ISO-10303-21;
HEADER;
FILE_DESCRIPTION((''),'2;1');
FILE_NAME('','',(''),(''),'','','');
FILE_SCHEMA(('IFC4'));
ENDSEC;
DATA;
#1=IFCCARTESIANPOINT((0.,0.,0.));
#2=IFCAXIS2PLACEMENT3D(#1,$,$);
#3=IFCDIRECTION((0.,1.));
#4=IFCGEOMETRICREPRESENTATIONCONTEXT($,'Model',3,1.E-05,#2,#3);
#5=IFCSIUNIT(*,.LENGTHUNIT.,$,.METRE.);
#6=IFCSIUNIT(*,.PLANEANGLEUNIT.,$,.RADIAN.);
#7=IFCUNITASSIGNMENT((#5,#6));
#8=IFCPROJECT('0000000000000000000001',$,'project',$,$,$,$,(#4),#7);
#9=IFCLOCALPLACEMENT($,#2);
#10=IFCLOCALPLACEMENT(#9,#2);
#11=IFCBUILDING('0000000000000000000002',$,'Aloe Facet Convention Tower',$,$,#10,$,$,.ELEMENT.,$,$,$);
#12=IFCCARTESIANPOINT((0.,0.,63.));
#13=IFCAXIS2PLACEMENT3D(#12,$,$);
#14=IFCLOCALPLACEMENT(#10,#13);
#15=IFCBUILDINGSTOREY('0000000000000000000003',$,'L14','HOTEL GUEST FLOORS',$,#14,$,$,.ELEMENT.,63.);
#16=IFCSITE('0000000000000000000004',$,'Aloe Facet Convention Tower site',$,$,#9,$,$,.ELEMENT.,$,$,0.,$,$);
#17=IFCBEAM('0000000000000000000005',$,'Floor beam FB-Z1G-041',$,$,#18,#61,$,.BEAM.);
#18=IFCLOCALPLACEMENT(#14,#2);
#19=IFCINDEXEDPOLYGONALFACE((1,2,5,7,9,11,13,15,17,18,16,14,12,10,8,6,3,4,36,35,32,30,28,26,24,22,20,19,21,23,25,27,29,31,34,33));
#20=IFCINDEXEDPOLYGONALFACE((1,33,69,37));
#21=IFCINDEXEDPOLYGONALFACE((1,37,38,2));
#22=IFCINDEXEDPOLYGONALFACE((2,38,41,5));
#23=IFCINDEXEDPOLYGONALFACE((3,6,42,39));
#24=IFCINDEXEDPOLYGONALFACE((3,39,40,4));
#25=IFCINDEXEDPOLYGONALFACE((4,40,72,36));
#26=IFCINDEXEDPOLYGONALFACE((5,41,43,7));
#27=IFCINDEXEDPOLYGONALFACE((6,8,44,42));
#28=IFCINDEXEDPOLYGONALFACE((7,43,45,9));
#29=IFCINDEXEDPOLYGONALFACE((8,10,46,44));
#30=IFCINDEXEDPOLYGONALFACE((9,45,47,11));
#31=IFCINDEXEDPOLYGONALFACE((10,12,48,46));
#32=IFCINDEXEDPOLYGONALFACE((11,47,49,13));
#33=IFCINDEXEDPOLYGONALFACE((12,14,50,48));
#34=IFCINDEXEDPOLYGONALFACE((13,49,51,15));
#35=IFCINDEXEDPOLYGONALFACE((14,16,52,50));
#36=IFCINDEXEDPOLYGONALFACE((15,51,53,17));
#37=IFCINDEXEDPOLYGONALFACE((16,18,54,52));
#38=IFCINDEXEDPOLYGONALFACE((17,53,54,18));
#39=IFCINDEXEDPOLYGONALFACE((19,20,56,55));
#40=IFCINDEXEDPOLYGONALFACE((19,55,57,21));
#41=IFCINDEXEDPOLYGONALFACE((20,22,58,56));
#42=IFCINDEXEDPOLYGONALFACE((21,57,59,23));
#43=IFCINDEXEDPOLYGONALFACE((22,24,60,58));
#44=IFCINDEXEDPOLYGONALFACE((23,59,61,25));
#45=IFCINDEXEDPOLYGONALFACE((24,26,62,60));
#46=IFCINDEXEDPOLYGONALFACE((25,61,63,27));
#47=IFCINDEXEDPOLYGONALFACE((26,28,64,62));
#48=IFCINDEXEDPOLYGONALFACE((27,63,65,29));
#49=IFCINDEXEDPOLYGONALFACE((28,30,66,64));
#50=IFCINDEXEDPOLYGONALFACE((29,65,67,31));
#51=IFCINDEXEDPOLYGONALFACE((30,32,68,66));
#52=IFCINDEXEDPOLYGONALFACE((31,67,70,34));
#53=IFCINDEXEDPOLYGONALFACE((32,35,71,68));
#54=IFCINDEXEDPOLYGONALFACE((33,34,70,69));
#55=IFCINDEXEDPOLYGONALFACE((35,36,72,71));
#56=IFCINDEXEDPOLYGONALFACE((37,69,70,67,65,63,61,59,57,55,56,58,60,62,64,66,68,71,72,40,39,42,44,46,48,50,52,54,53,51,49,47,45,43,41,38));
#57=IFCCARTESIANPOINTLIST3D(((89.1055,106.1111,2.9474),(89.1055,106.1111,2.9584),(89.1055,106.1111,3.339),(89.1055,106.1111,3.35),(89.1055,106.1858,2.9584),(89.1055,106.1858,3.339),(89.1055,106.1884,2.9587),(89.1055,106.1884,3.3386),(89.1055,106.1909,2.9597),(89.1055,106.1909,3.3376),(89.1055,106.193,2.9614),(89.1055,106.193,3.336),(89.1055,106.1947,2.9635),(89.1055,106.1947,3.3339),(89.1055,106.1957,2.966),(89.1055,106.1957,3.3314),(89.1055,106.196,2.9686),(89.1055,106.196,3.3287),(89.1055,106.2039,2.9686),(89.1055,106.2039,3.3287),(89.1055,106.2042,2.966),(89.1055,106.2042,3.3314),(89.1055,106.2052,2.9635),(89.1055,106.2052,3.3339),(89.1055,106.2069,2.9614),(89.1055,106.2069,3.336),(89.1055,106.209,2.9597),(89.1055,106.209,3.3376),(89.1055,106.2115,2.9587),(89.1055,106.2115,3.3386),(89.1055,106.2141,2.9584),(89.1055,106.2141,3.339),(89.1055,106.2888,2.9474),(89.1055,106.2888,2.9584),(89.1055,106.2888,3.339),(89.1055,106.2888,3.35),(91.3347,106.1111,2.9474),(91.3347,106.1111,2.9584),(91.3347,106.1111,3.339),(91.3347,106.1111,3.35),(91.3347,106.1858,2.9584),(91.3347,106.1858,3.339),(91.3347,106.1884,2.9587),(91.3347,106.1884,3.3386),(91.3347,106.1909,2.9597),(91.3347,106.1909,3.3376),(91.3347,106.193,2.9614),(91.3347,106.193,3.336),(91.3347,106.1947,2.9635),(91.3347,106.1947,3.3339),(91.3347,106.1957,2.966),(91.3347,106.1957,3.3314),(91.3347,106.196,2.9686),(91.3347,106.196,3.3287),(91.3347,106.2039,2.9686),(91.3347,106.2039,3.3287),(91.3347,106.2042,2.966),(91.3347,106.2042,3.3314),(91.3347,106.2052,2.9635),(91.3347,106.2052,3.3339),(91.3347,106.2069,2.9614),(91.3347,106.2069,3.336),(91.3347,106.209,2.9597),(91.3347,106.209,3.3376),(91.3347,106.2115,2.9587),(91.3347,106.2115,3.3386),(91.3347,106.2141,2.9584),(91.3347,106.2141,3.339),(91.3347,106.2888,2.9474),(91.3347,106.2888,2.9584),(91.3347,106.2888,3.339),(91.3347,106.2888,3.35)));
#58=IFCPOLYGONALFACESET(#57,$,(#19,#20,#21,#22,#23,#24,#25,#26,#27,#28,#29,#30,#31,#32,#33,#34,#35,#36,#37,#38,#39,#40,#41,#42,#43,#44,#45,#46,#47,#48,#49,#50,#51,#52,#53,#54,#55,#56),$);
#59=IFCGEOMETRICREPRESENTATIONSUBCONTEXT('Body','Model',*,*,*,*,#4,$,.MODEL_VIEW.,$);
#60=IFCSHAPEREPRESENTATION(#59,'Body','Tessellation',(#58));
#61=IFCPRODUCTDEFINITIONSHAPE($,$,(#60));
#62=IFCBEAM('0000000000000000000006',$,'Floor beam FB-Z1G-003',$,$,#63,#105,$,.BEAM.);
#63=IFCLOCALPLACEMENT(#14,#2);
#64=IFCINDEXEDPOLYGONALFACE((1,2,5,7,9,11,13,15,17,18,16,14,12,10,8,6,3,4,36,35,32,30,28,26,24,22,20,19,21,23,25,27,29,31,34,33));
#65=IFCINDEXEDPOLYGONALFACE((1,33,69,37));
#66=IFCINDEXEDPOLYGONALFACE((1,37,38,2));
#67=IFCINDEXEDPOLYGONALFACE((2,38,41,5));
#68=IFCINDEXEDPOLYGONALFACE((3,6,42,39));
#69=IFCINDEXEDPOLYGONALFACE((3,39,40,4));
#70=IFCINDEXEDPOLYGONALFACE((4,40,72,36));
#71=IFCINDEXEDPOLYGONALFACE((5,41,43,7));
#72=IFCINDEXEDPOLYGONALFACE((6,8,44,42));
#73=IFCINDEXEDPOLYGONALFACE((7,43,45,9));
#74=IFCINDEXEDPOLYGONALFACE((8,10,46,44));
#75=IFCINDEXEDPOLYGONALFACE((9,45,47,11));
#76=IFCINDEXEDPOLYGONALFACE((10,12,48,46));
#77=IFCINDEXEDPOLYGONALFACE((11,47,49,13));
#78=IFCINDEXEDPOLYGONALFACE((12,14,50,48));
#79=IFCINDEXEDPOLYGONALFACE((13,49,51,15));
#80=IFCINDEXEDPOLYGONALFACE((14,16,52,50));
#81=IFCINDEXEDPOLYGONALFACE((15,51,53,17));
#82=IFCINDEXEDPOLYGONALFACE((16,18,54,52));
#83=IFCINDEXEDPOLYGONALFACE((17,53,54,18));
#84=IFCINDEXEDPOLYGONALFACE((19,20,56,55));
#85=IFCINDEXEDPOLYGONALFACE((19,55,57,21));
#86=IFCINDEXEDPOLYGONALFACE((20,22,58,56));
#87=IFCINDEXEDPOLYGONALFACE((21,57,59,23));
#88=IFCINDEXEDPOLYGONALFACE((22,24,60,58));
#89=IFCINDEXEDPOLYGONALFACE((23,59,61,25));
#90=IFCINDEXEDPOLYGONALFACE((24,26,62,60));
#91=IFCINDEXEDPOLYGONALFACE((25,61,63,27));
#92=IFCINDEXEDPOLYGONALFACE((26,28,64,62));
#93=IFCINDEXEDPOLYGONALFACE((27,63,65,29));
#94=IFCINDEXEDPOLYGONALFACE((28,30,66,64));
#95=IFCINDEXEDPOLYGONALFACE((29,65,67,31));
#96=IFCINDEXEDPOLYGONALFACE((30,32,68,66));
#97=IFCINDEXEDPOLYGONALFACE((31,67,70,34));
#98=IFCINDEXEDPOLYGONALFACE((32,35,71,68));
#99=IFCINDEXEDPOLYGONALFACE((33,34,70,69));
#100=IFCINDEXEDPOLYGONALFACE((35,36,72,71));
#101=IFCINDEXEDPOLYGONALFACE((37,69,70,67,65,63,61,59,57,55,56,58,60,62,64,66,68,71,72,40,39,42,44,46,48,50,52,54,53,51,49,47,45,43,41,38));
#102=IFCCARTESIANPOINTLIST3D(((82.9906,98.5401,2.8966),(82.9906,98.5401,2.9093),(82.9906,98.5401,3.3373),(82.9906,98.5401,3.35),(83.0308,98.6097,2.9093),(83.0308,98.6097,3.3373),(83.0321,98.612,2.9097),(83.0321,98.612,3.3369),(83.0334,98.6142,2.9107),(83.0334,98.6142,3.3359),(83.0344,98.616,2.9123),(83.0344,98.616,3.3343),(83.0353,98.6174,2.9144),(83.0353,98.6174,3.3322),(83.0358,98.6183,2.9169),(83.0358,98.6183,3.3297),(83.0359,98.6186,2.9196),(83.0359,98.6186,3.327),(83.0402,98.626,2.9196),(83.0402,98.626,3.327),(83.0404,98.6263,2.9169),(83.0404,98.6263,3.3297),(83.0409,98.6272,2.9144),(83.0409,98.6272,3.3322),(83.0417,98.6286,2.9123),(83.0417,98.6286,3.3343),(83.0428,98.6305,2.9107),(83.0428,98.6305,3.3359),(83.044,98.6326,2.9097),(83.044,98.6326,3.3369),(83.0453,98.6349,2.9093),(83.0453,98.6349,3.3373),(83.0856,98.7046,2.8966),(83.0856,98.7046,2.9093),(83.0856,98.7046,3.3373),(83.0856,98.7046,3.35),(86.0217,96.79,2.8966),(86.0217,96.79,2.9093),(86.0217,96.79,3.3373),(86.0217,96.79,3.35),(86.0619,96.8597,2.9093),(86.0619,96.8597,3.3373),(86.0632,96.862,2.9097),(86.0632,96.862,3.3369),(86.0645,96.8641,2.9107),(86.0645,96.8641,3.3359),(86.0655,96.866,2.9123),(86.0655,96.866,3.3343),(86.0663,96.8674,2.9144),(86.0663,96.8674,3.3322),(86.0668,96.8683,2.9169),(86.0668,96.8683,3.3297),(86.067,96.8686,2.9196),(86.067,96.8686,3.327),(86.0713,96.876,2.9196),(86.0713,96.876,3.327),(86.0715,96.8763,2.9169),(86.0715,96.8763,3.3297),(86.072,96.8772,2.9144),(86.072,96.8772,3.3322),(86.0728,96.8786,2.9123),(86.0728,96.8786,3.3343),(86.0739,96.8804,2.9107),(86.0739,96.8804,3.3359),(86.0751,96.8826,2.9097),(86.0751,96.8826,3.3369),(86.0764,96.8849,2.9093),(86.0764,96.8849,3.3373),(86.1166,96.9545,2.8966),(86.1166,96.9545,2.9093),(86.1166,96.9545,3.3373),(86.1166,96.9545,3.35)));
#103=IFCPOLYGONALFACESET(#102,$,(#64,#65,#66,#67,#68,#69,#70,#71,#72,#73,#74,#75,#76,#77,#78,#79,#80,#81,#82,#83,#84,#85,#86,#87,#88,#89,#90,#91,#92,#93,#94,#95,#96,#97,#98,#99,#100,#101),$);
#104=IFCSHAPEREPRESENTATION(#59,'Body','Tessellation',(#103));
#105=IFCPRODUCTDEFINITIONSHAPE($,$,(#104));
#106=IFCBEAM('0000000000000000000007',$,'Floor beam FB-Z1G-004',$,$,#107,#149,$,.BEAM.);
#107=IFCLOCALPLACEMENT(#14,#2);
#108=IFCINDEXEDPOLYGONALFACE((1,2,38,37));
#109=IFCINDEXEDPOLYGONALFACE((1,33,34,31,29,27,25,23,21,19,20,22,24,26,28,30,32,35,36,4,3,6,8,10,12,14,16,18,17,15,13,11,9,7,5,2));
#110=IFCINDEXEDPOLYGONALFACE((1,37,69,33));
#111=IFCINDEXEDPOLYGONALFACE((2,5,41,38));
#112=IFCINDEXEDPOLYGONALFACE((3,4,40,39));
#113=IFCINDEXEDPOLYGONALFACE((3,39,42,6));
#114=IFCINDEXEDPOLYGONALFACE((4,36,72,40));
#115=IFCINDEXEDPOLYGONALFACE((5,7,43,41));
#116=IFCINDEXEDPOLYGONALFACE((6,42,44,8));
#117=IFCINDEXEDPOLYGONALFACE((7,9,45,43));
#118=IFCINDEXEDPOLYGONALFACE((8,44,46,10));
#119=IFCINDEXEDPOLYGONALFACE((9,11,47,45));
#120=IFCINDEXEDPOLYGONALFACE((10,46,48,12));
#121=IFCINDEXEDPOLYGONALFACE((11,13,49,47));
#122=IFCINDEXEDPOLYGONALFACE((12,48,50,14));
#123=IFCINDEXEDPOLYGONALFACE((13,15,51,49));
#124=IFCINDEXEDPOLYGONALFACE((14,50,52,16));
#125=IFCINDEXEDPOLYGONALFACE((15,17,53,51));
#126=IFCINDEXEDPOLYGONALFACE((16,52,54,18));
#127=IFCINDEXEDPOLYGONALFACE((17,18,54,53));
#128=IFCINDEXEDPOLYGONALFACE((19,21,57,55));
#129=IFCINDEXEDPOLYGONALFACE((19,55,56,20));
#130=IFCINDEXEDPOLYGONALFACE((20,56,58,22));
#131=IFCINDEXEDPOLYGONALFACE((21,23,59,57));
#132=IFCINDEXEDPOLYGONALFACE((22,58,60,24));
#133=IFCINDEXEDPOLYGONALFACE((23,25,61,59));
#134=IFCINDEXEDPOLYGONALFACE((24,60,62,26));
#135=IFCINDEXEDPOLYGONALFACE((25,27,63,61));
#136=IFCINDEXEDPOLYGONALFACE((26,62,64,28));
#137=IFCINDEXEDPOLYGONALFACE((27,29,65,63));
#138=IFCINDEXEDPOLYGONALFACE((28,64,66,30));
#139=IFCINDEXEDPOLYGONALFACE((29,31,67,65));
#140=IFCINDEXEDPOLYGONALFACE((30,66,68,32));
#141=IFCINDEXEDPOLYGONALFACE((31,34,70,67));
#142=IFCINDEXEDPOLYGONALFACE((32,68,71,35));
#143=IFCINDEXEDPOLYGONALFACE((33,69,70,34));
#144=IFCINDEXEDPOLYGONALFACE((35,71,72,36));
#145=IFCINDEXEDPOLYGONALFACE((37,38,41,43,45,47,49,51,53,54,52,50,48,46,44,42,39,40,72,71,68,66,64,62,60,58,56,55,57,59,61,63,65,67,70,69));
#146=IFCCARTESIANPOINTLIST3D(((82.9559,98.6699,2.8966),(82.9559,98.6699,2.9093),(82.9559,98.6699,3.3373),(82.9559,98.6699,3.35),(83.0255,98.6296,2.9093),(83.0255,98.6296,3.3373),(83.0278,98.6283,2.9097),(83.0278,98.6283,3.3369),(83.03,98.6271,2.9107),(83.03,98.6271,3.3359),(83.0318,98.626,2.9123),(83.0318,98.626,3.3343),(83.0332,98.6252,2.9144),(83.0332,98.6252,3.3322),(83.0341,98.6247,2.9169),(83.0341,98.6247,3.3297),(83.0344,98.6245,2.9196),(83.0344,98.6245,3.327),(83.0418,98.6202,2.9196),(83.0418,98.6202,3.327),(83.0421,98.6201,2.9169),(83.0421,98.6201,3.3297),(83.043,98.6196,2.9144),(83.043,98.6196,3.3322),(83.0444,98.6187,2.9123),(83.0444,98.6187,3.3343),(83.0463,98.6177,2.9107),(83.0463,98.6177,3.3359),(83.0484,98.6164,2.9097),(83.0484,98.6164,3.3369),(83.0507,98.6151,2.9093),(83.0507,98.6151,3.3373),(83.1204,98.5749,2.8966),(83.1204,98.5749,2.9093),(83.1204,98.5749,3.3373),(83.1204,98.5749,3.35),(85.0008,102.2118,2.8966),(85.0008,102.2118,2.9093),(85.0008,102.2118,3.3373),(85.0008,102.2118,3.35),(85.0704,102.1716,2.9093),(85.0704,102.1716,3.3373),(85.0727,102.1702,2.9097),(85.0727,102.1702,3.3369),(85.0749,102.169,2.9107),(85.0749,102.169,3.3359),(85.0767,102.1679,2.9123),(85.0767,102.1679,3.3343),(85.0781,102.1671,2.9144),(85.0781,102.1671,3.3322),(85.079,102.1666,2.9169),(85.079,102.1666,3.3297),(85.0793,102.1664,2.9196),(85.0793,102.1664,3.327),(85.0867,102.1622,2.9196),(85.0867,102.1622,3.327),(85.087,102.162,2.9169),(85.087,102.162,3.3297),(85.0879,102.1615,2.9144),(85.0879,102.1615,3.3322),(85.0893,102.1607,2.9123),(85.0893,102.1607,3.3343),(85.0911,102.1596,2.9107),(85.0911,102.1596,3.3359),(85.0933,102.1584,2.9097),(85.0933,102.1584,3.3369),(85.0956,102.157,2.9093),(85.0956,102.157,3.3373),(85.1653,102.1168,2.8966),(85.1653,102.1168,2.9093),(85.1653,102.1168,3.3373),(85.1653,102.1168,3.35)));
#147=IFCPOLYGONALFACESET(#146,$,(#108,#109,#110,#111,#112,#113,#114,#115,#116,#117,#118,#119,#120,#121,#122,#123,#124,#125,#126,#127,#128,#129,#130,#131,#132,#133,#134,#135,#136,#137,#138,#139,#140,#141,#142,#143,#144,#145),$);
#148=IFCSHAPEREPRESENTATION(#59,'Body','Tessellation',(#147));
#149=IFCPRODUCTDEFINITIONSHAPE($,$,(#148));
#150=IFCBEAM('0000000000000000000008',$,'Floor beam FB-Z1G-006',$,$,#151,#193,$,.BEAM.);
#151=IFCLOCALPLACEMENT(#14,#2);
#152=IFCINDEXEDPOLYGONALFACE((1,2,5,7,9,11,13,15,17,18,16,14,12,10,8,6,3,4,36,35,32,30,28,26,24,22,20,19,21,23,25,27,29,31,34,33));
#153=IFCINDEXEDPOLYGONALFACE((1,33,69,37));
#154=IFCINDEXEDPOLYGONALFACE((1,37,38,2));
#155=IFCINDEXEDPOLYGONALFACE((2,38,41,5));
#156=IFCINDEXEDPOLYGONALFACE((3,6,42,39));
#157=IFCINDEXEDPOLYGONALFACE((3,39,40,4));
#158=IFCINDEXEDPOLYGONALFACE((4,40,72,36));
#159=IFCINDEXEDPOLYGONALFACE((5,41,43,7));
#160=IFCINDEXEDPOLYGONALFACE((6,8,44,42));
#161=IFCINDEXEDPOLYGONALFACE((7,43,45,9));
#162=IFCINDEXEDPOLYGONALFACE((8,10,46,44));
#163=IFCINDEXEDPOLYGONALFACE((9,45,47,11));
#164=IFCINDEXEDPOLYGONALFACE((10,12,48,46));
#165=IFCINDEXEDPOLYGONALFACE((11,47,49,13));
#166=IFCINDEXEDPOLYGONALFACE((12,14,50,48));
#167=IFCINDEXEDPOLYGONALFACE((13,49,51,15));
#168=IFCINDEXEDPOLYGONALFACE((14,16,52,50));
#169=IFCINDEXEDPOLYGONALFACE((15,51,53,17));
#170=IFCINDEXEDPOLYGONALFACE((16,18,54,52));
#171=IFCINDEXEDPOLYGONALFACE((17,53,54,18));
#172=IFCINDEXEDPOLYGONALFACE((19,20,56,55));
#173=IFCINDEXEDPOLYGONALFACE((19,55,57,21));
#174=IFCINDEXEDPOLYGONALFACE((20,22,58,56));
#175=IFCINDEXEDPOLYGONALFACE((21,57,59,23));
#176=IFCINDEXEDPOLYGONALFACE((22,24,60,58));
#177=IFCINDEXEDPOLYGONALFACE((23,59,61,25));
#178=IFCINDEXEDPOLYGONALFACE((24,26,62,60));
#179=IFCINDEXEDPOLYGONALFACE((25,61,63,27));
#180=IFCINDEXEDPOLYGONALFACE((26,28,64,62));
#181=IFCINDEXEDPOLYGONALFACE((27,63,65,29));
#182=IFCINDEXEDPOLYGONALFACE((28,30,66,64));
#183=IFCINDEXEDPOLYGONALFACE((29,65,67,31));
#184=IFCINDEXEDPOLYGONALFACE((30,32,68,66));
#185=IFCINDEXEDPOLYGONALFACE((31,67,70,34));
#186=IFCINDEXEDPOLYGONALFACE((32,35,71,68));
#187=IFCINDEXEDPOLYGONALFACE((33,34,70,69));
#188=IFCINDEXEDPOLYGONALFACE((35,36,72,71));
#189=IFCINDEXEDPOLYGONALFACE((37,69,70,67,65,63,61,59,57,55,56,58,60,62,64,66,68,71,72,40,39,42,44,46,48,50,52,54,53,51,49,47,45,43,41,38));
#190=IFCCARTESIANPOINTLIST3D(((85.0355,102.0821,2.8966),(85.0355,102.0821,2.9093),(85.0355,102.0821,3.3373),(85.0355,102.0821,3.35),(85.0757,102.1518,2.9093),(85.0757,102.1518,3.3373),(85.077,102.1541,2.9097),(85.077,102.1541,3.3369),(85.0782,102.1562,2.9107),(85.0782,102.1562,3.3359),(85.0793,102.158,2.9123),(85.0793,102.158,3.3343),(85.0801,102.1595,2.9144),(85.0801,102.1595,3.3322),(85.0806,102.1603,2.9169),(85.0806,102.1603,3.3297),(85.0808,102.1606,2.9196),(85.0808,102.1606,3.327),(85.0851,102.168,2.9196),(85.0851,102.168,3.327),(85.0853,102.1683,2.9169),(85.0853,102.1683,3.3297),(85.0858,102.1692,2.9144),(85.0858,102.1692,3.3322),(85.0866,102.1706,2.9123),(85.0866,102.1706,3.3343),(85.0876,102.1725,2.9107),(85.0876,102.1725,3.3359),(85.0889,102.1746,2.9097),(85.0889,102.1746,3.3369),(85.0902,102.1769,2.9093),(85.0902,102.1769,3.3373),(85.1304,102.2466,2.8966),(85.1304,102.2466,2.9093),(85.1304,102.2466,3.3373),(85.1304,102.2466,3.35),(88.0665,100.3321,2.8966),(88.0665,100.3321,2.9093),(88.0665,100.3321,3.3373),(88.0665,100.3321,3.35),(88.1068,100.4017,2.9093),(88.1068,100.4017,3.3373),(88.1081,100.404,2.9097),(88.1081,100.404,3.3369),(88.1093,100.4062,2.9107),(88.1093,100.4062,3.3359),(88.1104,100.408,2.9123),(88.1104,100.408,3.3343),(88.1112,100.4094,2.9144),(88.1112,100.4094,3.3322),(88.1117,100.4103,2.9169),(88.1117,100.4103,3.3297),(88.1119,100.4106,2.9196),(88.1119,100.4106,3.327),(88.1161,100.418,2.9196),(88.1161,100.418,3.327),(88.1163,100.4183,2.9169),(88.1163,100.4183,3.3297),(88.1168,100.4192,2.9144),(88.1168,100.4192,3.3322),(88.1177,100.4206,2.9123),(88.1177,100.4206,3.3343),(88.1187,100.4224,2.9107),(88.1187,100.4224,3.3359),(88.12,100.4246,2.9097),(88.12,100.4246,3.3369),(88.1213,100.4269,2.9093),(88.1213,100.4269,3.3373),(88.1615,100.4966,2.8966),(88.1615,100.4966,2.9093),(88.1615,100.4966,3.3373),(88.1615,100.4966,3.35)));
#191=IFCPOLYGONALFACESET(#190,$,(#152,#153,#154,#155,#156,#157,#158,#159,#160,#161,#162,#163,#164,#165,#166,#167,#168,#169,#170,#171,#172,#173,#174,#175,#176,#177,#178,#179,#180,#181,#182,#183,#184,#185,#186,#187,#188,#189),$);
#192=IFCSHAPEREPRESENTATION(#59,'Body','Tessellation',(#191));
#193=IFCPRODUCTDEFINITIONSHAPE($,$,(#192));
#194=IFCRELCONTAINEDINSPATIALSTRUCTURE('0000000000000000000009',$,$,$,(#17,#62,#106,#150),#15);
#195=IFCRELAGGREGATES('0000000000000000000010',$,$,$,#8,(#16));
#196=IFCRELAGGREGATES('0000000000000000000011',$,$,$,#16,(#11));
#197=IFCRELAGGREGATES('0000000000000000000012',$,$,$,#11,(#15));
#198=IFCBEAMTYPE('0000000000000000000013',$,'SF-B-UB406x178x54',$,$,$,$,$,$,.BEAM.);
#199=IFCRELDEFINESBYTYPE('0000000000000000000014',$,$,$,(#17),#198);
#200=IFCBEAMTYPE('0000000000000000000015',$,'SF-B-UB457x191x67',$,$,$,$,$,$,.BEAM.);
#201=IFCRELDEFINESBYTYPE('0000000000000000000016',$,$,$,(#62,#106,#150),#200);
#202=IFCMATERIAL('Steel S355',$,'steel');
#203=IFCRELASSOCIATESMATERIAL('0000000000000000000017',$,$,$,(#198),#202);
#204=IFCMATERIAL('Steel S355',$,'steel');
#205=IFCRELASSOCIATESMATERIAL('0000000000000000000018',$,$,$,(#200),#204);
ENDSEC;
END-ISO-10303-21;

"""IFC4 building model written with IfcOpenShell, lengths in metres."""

from ifc_helpers import new_model, si_unit, direction, frame, origin, origin_2d, place, context, subcontext, project, spatial, i_section, extrude, material, material_profile, profile_set, type_object, element, save


model = new_model("IFC4")

# Units and contexts
model_context = context("Model", 3, precision=1e-05, world=origin(), true_north=direction((0.0, 1.0)))
body_context = subcontext(model_context, "Body", "Model", "MODEL_VIEW")
ifc_project = project(units=[si_unit("LENGTHUNIT", "METRE"), si_unit("PLANEANGLEUNIT", "RADIAN")], contexts=[model_context])

# Site, building, storey
site_placement = place(None, origin())
site = spatial("IfcSite", under=ifc_project, at=site_placement, Name="Aloe Facet Convention Tower site", CompositionType="ELEMENT", RefElevation=0.0)
building_placement = place(site_placement, origin())
building = spatial("IfcBuilding", under=site, at=building_placement, Name="Aloe Facet Convention Tower", CompositionType="ELEMENT")
storey_placement = place(building_placement, frame((0.0, 0.0, 63.0)))
storey = spatial("IfcBuildingStorey", under=building, at=storey_placement, Name="L14", Description="HOTEL GUEST FLOORS", CompositionType="ELEMENT", Elevation=63.0)

# Beams
ifc_material_1 = material(Name="Steel S355", Category="steel")
ifc_material_profile_1 = material_profile(ifc_material_1, i_section(OverallWidth=0.1777, OverallDepth=0.4026, WebThickness=0.0078, FlangeThickness=0.011, FilletRadius=0.0103, at=origin_2d()), Name="UB 406x178x54")
ifc_profile_set_1 = profile_set([ifc_material_profile_1], Name="Steel S355")
beam_type_1 = type_object("IfcBeamType", Name="SF-B-UB406x178x54", PredefinedType="BEAM", material=ifc_profile_set_1)
beam_1_placement = place(storey_placement, frame((89.1055, 106.2, 3.1487), z_axis=(1.0, 0.0, 0.0), x_axis=(0.0, 1.0, 0.0)))
element("IfcBeam", 1, at=beam_1_placement, inside=storey, type_object=beam_type_1, Name="Floor beam FB-Z1G-041", PredefinedType="BEAM", context=body_context, shape_type="SweptSolid", body=[
    extrude(i_section(OverallWidth=0.1777, OverallDepth=0.4026, WebThickness=0.0078, FlangeThickness=0.011, FilletRadius=0.0103, at=origin_2d()), origin(), (0.0, 0.0, 1.0), 2.2292),
])
ifc_material_2 = material(Name="Steel S355", Category="steel")
ifc_material_profile_2 = material_profile(ifc_material_2, i_section(OverallWidth=0.1899, OverallDepth=0.4534, WebThickness=0.0085, FlangeThickness=0.0127, FilletRadius=0.0103, at=origin_2d()), Name="UB 457x191x67")
ifc_profile_set_2 = profile_set([ifc_material_profile_2], Name="Steel S355")
beam_type_2 = type_object("IfcBeamType", Name="SF-B-UB457x191x67", PredefinedType="BEAM", material=ifc_profile_set_2)
beam_2_placement = place(storey_placement, frame((83.0381, 98.6223, 3.1233), z_axis=(0.866019, -0.50001, 0.0), x_axis=(0.50001, 0.866019, 0.0)))
element("IfcBeam", 2, at=beam_2_placement, inside=storey, type_object=beam_type_2, Name="Floor beam FB-Z1G-003", PredefinedType="BEAM", context=body_context, shape_type="SweptSolid", body=[
    extrude(i_section(OverallWidth=0.1899, OverallDepth=0.4534, WebThickness=0.0085, FlangeThickness=0.0127, FilletRadius=0.0103, at=origin_2d()), origin(), (0.0, 0.0, 1.0), 3.5),
])
beam_3_placement = place(storey_placement, frame((85.083, 102.1643, 3.1233), z_axis=(-0.499991, -0.866031, 0.0), x_axis=(0.866031, -0.499991, 0.0)))
element("IfcBeam", 3, at=beam_3_placement, inside=storey, type_object=beam_type_2, Name="Floor beam FB-Z1G-004", PredefinedType="BEAM", context=body_context, shape_type="SweptSolid", body=[
    extrude(i_section(OverallWidth=0.1899, OverallDepth=0.4534, WebThickness=0.0085, FlangeThickness=0.0127, FilletRadius=0.0103, at=origin_2d()), origin(), (0.0, 0.0, 1.0), 4.0898),
])
beam_4_placement = place(storey_placement, frame((88.114, 100.4143, 3.1233), z_axis=(-0.866019, 0.50001, 0.0), x_axis=(-0.50001, -0.866019, 0.0)))
element("IfcBeam", 4, at=beam_4_placement, inside=storey, type_object=beam_type_2, Name="Floor beam FB-Z1G-006", PredefinedType="BEAM", context=body_context, shape_type="SweptSolid", body=[
    extrude(i_section(OverallWidth=0.1899, OverallDepth=0.4534, WebThickness=0.0085, FlangeThickness=0.0127, FilletRadius=0.0103, at=origin_2d()), origin(), (0.0, 0.0, 1.0), 3.5),
])

save(model, "model.ifc")
